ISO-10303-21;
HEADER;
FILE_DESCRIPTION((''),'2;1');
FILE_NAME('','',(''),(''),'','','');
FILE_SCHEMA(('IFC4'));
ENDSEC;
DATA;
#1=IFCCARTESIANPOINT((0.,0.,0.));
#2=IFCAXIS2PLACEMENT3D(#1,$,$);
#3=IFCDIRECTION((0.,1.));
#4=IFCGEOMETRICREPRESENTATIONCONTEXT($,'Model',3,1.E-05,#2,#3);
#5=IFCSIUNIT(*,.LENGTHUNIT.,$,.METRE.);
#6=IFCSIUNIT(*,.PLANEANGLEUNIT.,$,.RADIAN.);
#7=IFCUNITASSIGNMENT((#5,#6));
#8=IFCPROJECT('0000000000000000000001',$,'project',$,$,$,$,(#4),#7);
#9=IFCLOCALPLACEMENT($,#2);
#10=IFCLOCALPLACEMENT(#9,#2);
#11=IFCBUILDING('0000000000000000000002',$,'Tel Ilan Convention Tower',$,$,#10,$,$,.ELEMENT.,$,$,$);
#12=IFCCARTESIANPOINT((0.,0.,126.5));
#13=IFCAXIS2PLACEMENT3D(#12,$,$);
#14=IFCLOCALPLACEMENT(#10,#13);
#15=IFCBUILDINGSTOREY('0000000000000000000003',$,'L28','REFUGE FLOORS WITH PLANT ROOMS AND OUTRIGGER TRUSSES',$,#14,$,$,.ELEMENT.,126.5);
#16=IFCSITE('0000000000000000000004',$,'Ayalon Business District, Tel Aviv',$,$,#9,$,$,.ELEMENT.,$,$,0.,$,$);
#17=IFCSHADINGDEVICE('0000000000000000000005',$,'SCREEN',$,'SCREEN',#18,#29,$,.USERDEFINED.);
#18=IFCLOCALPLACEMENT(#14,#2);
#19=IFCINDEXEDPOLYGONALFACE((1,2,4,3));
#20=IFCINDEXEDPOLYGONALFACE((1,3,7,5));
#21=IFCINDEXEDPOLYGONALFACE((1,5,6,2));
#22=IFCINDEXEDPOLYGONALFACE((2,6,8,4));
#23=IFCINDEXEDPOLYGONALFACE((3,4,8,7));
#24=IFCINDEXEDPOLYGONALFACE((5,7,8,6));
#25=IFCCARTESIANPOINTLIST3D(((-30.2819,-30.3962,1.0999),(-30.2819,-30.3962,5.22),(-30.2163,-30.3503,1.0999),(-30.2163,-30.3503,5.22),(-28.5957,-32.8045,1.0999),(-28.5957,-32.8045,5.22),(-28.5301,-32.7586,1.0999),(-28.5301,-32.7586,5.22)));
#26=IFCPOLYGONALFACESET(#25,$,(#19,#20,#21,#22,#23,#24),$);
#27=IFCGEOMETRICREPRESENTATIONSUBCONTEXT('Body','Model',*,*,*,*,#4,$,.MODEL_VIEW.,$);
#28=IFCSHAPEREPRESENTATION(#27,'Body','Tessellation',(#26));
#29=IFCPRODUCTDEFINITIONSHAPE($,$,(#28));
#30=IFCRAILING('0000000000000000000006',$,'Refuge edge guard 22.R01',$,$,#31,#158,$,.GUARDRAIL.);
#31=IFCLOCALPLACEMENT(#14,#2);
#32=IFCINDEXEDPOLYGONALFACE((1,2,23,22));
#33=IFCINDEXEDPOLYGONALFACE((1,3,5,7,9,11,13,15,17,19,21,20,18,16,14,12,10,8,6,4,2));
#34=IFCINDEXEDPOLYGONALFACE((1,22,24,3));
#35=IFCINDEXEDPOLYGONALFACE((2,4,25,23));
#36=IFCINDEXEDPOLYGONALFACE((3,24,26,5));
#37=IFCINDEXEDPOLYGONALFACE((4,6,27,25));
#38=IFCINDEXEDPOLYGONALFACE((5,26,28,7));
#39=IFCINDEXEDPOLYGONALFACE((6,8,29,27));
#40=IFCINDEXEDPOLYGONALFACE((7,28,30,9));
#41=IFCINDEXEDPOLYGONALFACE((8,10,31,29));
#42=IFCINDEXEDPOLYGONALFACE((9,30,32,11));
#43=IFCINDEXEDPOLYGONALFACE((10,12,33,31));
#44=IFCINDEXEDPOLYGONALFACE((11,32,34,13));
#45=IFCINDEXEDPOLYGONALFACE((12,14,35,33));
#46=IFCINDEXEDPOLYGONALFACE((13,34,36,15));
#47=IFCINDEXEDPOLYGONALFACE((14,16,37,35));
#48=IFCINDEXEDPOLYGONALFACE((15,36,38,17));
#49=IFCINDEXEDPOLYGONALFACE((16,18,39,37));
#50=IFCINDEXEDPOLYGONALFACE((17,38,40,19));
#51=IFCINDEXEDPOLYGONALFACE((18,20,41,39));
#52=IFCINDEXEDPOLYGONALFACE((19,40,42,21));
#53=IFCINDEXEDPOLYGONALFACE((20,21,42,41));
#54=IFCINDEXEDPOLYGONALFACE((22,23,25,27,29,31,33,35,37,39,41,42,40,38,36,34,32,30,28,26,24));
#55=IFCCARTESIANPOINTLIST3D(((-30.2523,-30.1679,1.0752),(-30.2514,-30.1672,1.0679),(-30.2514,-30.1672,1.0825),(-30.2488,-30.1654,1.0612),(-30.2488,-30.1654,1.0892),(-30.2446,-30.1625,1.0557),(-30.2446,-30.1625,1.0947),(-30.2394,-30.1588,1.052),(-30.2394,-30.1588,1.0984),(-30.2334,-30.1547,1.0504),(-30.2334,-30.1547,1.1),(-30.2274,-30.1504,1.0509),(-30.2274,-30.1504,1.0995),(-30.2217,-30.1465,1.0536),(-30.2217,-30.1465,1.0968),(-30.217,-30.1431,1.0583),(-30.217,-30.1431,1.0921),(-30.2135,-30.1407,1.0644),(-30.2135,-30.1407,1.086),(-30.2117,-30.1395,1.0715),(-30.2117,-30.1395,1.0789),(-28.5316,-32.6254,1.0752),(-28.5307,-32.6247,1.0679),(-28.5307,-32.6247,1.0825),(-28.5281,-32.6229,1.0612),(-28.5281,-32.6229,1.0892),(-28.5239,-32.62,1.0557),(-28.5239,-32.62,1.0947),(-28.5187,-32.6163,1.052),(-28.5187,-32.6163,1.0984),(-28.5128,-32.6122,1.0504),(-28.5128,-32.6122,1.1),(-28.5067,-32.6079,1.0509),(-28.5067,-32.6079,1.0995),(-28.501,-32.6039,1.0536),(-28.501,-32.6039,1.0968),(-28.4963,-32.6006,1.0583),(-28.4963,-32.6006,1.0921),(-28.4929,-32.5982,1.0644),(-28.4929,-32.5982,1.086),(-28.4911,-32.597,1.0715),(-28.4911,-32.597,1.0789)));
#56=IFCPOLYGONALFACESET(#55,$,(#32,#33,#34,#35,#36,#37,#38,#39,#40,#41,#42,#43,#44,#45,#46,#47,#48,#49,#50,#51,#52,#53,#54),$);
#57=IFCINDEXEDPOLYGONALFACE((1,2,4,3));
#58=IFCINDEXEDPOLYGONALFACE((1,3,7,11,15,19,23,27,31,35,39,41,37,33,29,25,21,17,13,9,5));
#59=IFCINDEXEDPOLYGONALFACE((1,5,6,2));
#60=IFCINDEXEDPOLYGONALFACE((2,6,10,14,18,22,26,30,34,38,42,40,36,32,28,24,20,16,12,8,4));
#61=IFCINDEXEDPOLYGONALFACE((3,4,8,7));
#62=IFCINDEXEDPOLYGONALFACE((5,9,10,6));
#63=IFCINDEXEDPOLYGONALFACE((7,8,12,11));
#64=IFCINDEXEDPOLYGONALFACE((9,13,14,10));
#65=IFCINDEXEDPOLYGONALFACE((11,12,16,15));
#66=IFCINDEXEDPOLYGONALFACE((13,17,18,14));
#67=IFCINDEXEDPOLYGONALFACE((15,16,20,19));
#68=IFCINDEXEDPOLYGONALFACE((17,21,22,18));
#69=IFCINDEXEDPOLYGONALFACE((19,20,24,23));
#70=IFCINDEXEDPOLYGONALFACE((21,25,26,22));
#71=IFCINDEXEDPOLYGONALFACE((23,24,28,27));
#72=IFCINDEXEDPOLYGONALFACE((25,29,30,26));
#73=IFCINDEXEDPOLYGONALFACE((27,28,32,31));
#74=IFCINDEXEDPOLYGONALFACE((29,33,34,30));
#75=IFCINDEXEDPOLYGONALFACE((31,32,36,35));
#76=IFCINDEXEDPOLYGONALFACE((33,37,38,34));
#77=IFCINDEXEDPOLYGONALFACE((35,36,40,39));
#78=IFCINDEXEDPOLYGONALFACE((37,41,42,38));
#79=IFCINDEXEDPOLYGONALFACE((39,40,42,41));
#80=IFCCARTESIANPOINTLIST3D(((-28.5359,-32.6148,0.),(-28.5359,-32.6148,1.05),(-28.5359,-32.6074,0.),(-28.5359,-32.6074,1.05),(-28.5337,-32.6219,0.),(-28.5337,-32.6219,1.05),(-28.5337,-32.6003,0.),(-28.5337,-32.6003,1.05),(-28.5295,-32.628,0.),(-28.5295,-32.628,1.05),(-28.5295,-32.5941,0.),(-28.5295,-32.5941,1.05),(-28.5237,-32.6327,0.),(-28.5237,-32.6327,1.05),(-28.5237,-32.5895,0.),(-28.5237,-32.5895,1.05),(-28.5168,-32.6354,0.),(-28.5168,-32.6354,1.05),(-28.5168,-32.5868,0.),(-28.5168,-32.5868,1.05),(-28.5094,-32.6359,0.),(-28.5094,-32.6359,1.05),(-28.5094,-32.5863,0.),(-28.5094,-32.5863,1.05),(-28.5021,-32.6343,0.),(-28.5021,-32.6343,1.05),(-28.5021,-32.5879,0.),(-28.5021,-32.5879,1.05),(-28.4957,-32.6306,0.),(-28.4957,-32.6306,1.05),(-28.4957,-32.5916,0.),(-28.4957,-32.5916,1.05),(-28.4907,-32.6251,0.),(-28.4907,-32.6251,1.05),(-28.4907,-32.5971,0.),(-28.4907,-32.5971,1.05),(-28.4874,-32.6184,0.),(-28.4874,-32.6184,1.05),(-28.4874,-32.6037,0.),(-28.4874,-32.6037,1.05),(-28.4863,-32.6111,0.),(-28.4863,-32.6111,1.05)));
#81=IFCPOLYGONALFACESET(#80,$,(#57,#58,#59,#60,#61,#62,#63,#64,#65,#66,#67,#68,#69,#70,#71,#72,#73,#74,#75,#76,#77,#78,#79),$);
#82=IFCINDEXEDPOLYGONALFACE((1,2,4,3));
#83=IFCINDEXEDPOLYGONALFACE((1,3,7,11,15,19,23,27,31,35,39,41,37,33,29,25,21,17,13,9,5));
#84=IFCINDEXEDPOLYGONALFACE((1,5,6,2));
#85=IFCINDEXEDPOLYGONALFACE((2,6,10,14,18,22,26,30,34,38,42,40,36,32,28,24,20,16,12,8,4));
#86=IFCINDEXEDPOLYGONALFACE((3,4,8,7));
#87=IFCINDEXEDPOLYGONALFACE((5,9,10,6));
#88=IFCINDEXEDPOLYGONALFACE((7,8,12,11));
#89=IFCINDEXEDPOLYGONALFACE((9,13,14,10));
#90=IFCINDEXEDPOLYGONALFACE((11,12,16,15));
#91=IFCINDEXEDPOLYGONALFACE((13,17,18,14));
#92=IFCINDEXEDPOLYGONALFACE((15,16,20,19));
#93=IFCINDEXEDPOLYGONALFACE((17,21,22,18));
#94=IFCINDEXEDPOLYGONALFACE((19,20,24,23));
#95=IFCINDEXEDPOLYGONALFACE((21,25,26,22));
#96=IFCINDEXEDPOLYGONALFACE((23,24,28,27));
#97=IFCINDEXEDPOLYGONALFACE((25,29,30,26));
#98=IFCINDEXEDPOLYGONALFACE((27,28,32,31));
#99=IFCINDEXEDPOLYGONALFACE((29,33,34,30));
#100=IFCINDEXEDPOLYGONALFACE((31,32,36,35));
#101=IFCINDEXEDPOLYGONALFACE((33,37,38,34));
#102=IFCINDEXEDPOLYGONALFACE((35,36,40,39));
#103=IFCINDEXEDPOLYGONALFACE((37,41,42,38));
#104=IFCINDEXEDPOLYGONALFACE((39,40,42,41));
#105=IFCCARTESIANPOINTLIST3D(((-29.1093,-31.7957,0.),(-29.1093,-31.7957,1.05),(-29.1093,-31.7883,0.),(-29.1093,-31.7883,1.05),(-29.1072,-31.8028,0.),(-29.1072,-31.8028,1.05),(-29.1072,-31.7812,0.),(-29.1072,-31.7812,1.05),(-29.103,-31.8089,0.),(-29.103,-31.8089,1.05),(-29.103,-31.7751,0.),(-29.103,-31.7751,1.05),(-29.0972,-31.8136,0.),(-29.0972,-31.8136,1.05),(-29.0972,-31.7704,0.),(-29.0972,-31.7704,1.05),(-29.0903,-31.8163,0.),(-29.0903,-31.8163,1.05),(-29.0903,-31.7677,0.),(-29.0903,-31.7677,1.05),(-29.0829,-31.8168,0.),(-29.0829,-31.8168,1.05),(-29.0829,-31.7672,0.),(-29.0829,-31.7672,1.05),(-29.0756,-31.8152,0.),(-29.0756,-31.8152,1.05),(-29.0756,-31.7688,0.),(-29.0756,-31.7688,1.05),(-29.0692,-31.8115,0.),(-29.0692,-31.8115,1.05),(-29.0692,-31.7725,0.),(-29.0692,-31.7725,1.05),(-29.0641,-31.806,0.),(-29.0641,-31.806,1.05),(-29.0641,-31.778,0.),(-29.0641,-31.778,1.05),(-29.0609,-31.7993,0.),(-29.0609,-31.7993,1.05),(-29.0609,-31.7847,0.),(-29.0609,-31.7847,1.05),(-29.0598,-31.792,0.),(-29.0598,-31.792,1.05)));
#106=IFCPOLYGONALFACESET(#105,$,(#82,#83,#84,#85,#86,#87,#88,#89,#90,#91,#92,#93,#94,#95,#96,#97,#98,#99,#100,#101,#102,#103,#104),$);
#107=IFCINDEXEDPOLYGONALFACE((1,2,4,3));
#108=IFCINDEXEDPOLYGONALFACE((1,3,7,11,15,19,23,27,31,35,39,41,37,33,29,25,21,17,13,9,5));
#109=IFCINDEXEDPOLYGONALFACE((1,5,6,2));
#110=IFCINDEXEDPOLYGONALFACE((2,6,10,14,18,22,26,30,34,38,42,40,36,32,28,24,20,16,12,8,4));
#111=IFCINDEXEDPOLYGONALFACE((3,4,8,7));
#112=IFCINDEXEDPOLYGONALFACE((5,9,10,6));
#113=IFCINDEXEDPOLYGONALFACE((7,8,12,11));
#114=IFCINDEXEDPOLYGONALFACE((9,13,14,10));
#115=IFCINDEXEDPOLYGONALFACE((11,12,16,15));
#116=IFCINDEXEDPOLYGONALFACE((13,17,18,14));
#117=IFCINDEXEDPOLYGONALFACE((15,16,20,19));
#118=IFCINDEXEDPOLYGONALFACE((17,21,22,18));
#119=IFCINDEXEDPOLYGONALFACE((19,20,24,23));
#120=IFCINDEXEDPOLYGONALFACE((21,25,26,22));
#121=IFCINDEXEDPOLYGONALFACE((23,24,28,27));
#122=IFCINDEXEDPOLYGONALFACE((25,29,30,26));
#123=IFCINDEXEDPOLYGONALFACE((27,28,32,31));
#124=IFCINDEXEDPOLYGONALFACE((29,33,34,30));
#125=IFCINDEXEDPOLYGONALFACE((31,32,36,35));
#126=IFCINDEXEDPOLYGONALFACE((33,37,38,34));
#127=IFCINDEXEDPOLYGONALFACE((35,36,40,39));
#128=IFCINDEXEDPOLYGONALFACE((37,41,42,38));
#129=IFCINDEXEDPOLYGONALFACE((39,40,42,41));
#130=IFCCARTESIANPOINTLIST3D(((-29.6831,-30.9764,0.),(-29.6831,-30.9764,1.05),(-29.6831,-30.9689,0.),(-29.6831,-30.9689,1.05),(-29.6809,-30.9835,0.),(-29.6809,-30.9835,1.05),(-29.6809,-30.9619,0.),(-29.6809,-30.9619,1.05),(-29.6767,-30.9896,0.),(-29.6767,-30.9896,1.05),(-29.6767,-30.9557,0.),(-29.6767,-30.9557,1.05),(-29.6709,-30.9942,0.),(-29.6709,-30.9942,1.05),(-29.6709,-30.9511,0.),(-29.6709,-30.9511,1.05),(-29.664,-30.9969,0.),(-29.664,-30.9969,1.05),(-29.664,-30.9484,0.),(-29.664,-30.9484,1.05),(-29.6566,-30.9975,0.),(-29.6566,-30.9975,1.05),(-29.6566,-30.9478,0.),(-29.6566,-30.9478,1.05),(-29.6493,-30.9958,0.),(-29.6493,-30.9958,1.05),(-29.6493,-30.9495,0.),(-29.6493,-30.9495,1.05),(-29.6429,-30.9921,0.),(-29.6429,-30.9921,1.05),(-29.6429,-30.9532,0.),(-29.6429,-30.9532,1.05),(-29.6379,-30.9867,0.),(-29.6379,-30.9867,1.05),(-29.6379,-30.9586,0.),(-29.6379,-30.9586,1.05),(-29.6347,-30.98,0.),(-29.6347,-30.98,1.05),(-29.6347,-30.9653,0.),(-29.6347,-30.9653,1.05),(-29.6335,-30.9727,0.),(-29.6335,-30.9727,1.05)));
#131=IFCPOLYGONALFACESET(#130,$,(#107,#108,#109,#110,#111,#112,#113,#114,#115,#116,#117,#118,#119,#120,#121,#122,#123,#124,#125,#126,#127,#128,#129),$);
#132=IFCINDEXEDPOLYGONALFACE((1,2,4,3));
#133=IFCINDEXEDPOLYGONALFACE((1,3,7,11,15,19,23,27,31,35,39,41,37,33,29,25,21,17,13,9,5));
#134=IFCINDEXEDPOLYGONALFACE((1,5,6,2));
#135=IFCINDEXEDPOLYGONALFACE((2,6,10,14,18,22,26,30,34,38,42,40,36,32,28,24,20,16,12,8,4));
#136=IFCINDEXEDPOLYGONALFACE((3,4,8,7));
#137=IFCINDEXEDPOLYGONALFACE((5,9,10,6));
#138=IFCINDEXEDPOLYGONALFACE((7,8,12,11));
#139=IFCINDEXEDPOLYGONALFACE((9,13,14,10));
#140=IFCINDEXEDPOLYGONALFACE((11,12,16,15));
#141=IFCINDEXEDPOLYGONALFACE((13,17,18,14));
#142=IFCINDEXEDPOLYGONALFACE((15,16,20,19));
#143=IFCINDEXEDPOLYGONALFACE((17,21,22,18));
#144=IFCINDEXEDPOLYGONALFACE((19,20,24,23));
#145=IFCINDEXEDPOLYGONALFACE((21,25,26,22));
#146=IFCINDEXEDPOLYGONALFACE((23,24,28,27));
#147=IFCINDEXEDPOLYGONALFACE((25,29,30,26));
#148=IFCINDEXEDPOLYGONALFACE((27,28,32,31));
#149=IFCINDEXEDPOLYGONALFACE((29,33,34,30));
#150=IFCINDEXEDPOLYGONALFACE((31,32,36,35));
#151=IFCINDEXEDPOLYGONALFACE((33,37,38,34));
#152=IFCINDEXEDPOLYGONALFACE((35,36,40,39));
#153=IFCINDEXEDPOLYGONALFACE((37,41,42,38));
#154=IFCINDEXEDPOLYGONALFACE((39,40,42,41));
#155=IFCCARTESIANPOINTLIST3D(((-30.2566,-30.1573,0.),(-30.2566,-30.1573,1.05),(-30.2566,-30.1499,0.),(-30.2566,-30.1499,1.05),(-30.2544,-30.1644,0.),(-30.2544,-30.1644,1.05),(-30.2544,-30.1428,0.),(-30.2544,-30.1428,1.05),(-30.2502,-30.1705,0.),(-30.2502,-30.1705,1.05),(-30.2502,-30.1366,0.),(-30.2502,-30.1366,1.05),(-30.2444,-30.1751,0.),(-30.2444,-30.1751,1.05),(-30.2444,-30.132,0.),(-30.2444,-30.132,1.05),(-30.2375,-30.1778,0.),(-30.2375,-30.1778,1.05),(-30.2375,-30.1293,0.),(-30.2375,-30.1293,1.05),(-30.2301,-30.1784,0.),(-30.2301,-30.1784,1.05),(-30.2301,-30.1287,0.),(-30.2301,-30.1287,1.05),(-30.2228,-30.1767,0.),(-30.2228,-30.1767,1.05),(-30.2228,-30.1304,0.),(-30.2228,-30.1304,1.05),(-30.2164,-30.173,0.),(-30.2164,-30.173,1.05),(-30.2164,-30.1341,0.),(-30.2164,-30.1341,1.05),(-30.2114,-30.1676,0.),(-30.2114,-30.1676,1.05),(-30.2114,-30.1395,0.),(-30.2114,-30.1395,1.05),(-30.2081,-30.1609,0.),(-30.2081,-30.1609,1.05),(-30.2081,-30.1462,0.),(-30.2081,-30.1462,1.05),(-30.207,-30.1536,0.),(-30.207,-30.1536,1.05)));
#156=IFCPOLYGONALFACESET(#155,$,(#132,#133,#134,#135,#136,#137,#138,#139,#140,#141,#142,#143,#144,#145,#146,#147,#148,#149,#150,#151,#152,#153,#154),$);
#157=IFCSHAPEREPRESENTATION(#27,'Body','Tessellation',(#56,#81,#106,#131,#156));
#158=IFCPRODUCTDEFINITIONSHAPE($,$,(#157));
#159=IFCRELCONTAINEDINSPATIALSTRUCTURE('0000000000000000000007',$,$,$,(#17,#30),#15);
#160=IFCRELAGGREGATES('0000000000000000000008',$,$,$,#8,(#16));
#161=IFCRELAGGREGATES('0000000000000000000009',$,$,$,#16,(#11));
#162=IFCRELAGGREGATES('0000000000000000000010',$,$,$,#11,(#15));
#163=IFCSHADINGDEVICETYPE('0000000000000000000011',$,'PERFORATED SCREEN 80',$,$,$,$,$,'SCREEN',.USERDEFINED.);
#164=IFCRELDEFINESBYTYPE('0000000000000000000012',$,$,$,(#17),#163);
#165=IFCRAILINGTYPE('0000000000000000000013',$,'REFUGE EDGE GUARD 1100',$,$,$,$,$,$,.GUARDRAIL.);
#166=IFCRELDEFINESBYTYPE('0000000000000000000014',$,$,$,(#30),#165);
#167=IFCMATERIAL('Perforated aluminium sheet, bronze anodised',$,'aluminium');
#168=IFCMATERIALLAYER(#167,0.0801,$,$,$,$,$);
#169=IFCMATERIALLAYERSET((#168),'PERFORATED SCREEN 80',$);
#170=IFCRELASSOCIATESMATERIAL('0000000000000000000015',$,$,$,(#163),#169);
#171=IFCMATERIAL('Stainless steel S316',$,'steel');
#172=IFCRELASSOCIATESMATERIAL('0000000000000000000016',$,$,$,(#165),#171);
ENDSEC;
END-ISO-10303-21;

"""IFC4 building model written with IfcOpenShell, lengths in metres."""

from ifc_helpers import new_model, si_unit, direction, frame, origin, origin_2d, place, context, subcontext, project, spatial, rectangle, circle, extrude, material, layer, layer_set, type_object, element, save


model = new_model("IFC4")

# Units and contexts
model_context = context("Model", 3, precision=1e-05, world=origin(), true_north=direction((0.0, 1.0)))
body_context = subcontext(model_context, "Body", "Model", "MODEL_VIEW")
ifc_project = project(units=[si_unit("LENGTHUNIT", "METRE"), si_unit("PLANEANGLEUNIT", "RADIAN")], contexts=[model_context])

# Site, building, storey
site_placement = place(None, origin())
site = spatial("IfcSite", under=ifc_project, at=site_placement, Name="Ayalon Business District, Tel Aviv", CompositionType="ELEMENT", RefElevation=0.0)
building_placement = place(site_placement, origin())
building = spatial("IfcBuilding", under=site, at=building_placement, Name="Tel Ilan Convention Tower", CompositionType="ELEMENT")
storey_placement = place(building_placement, frame((0.0, 0.0, 126.5)))
storey = spatial("IfcBuildingStorey", under=building, at=storey_placement, Name="L28", Description="REFUGE FLOORS WITH PLANT ROOMS AND OUTRIGGER TRUSSES", CompositionType="ELEMENT", Elevation=126.5)

# Shading device
ifc_material_1 = material(Name="Perforated aluminium sheet, bronze anodised", Category="aluminium")
ifc_layer_1 = layer(ifc_material_1, 0.0801)
ifc_layer_set_1 = layer_set([ifc_layer_1], Name="PERFORATED SCREEN 80")
shading_device_type_1 = type_object("IfcShadingDeviceType", Name="PERFORATED SCREEN 80", ElementType="SCREEN", PredefinedType="USERDEFINED", material=ifc_layer_set_1)
for number, where, z_axis, x_axis, name in (
    (1, (-29.406, -31.5774, 1.0999), (0.0, 0.0, 1.0), (0.573576, -0.819152, 0.0), "SCREEN"),
):
    element("IfcShadingDevice", number, at=place(storey_placement, frame(where, z_axis=z_axis, x_axis=x_axis)), inside=storey, type_object=shading_device_type_1, Name=name, ObjectType="SCREEN", PredefinedType="USERDEFINED", context=body_context, shape_type="SweptSolid", body=[
        extrude(rectangle(XDim=2.9399, YDim=0.0801, at=origin_2d()), origin(), (0.0, 0.0, 1.0), 4.1201),
    ])

# Railing
ifc_material_2 = material(Name="Stainless steel S316", Category="steel")
railing_type = type_object("IfcRailingType", Name="REFUGE EDGE GUARD 1100", PredefinedType="GUARDRAIL", material=ifc_material_2)
railing_1_placement = place(storey_placement, frame((-28.5112, -32.6111, 0.0)))
element("IfcRailing", 2, at=railing_1_placement, inside=storey, type_object=railing_type, Name="Refuge edge guard 22.R01", PredefinedType="GUARDRAIL", context=body_context, shape_type="SweptSolid", body=[
    extrude(circle(Radius=0.0249, at=origin_2d()), frame((0.0, 0.0, 1.0752), z_axis=(-0.573561, 0.819163, 0.0), x_axis=(-0.819163, -0.573561, 0.0)), (0.0, 0.0, 1.0), 3.0),
    extrude(circle(Radius=0.0249, at=origin_2d()), origin(), (0.0, 0.0, 1.0), 1.05),
    extrude(circle(Radius=0.0249, at=origin_2d()), frame((-0.5735, 0.8191, 0.0)), (0.0, 0.0, 1.0), 1.05),
    extrude(circle(Radius=0.0249, at=origin_2d()), frame((-1.1472, 1.6384, 0.0)), (0.0, 0.0, 1.0), 1.05),
    extrude(circle(Radius=0.0249, at=origin_2d()), frame((-1.7207, 2.4575, 0.0)), (0.0, 0.0, 1.0), 1.05),
])

save(model, "model.ifc")
